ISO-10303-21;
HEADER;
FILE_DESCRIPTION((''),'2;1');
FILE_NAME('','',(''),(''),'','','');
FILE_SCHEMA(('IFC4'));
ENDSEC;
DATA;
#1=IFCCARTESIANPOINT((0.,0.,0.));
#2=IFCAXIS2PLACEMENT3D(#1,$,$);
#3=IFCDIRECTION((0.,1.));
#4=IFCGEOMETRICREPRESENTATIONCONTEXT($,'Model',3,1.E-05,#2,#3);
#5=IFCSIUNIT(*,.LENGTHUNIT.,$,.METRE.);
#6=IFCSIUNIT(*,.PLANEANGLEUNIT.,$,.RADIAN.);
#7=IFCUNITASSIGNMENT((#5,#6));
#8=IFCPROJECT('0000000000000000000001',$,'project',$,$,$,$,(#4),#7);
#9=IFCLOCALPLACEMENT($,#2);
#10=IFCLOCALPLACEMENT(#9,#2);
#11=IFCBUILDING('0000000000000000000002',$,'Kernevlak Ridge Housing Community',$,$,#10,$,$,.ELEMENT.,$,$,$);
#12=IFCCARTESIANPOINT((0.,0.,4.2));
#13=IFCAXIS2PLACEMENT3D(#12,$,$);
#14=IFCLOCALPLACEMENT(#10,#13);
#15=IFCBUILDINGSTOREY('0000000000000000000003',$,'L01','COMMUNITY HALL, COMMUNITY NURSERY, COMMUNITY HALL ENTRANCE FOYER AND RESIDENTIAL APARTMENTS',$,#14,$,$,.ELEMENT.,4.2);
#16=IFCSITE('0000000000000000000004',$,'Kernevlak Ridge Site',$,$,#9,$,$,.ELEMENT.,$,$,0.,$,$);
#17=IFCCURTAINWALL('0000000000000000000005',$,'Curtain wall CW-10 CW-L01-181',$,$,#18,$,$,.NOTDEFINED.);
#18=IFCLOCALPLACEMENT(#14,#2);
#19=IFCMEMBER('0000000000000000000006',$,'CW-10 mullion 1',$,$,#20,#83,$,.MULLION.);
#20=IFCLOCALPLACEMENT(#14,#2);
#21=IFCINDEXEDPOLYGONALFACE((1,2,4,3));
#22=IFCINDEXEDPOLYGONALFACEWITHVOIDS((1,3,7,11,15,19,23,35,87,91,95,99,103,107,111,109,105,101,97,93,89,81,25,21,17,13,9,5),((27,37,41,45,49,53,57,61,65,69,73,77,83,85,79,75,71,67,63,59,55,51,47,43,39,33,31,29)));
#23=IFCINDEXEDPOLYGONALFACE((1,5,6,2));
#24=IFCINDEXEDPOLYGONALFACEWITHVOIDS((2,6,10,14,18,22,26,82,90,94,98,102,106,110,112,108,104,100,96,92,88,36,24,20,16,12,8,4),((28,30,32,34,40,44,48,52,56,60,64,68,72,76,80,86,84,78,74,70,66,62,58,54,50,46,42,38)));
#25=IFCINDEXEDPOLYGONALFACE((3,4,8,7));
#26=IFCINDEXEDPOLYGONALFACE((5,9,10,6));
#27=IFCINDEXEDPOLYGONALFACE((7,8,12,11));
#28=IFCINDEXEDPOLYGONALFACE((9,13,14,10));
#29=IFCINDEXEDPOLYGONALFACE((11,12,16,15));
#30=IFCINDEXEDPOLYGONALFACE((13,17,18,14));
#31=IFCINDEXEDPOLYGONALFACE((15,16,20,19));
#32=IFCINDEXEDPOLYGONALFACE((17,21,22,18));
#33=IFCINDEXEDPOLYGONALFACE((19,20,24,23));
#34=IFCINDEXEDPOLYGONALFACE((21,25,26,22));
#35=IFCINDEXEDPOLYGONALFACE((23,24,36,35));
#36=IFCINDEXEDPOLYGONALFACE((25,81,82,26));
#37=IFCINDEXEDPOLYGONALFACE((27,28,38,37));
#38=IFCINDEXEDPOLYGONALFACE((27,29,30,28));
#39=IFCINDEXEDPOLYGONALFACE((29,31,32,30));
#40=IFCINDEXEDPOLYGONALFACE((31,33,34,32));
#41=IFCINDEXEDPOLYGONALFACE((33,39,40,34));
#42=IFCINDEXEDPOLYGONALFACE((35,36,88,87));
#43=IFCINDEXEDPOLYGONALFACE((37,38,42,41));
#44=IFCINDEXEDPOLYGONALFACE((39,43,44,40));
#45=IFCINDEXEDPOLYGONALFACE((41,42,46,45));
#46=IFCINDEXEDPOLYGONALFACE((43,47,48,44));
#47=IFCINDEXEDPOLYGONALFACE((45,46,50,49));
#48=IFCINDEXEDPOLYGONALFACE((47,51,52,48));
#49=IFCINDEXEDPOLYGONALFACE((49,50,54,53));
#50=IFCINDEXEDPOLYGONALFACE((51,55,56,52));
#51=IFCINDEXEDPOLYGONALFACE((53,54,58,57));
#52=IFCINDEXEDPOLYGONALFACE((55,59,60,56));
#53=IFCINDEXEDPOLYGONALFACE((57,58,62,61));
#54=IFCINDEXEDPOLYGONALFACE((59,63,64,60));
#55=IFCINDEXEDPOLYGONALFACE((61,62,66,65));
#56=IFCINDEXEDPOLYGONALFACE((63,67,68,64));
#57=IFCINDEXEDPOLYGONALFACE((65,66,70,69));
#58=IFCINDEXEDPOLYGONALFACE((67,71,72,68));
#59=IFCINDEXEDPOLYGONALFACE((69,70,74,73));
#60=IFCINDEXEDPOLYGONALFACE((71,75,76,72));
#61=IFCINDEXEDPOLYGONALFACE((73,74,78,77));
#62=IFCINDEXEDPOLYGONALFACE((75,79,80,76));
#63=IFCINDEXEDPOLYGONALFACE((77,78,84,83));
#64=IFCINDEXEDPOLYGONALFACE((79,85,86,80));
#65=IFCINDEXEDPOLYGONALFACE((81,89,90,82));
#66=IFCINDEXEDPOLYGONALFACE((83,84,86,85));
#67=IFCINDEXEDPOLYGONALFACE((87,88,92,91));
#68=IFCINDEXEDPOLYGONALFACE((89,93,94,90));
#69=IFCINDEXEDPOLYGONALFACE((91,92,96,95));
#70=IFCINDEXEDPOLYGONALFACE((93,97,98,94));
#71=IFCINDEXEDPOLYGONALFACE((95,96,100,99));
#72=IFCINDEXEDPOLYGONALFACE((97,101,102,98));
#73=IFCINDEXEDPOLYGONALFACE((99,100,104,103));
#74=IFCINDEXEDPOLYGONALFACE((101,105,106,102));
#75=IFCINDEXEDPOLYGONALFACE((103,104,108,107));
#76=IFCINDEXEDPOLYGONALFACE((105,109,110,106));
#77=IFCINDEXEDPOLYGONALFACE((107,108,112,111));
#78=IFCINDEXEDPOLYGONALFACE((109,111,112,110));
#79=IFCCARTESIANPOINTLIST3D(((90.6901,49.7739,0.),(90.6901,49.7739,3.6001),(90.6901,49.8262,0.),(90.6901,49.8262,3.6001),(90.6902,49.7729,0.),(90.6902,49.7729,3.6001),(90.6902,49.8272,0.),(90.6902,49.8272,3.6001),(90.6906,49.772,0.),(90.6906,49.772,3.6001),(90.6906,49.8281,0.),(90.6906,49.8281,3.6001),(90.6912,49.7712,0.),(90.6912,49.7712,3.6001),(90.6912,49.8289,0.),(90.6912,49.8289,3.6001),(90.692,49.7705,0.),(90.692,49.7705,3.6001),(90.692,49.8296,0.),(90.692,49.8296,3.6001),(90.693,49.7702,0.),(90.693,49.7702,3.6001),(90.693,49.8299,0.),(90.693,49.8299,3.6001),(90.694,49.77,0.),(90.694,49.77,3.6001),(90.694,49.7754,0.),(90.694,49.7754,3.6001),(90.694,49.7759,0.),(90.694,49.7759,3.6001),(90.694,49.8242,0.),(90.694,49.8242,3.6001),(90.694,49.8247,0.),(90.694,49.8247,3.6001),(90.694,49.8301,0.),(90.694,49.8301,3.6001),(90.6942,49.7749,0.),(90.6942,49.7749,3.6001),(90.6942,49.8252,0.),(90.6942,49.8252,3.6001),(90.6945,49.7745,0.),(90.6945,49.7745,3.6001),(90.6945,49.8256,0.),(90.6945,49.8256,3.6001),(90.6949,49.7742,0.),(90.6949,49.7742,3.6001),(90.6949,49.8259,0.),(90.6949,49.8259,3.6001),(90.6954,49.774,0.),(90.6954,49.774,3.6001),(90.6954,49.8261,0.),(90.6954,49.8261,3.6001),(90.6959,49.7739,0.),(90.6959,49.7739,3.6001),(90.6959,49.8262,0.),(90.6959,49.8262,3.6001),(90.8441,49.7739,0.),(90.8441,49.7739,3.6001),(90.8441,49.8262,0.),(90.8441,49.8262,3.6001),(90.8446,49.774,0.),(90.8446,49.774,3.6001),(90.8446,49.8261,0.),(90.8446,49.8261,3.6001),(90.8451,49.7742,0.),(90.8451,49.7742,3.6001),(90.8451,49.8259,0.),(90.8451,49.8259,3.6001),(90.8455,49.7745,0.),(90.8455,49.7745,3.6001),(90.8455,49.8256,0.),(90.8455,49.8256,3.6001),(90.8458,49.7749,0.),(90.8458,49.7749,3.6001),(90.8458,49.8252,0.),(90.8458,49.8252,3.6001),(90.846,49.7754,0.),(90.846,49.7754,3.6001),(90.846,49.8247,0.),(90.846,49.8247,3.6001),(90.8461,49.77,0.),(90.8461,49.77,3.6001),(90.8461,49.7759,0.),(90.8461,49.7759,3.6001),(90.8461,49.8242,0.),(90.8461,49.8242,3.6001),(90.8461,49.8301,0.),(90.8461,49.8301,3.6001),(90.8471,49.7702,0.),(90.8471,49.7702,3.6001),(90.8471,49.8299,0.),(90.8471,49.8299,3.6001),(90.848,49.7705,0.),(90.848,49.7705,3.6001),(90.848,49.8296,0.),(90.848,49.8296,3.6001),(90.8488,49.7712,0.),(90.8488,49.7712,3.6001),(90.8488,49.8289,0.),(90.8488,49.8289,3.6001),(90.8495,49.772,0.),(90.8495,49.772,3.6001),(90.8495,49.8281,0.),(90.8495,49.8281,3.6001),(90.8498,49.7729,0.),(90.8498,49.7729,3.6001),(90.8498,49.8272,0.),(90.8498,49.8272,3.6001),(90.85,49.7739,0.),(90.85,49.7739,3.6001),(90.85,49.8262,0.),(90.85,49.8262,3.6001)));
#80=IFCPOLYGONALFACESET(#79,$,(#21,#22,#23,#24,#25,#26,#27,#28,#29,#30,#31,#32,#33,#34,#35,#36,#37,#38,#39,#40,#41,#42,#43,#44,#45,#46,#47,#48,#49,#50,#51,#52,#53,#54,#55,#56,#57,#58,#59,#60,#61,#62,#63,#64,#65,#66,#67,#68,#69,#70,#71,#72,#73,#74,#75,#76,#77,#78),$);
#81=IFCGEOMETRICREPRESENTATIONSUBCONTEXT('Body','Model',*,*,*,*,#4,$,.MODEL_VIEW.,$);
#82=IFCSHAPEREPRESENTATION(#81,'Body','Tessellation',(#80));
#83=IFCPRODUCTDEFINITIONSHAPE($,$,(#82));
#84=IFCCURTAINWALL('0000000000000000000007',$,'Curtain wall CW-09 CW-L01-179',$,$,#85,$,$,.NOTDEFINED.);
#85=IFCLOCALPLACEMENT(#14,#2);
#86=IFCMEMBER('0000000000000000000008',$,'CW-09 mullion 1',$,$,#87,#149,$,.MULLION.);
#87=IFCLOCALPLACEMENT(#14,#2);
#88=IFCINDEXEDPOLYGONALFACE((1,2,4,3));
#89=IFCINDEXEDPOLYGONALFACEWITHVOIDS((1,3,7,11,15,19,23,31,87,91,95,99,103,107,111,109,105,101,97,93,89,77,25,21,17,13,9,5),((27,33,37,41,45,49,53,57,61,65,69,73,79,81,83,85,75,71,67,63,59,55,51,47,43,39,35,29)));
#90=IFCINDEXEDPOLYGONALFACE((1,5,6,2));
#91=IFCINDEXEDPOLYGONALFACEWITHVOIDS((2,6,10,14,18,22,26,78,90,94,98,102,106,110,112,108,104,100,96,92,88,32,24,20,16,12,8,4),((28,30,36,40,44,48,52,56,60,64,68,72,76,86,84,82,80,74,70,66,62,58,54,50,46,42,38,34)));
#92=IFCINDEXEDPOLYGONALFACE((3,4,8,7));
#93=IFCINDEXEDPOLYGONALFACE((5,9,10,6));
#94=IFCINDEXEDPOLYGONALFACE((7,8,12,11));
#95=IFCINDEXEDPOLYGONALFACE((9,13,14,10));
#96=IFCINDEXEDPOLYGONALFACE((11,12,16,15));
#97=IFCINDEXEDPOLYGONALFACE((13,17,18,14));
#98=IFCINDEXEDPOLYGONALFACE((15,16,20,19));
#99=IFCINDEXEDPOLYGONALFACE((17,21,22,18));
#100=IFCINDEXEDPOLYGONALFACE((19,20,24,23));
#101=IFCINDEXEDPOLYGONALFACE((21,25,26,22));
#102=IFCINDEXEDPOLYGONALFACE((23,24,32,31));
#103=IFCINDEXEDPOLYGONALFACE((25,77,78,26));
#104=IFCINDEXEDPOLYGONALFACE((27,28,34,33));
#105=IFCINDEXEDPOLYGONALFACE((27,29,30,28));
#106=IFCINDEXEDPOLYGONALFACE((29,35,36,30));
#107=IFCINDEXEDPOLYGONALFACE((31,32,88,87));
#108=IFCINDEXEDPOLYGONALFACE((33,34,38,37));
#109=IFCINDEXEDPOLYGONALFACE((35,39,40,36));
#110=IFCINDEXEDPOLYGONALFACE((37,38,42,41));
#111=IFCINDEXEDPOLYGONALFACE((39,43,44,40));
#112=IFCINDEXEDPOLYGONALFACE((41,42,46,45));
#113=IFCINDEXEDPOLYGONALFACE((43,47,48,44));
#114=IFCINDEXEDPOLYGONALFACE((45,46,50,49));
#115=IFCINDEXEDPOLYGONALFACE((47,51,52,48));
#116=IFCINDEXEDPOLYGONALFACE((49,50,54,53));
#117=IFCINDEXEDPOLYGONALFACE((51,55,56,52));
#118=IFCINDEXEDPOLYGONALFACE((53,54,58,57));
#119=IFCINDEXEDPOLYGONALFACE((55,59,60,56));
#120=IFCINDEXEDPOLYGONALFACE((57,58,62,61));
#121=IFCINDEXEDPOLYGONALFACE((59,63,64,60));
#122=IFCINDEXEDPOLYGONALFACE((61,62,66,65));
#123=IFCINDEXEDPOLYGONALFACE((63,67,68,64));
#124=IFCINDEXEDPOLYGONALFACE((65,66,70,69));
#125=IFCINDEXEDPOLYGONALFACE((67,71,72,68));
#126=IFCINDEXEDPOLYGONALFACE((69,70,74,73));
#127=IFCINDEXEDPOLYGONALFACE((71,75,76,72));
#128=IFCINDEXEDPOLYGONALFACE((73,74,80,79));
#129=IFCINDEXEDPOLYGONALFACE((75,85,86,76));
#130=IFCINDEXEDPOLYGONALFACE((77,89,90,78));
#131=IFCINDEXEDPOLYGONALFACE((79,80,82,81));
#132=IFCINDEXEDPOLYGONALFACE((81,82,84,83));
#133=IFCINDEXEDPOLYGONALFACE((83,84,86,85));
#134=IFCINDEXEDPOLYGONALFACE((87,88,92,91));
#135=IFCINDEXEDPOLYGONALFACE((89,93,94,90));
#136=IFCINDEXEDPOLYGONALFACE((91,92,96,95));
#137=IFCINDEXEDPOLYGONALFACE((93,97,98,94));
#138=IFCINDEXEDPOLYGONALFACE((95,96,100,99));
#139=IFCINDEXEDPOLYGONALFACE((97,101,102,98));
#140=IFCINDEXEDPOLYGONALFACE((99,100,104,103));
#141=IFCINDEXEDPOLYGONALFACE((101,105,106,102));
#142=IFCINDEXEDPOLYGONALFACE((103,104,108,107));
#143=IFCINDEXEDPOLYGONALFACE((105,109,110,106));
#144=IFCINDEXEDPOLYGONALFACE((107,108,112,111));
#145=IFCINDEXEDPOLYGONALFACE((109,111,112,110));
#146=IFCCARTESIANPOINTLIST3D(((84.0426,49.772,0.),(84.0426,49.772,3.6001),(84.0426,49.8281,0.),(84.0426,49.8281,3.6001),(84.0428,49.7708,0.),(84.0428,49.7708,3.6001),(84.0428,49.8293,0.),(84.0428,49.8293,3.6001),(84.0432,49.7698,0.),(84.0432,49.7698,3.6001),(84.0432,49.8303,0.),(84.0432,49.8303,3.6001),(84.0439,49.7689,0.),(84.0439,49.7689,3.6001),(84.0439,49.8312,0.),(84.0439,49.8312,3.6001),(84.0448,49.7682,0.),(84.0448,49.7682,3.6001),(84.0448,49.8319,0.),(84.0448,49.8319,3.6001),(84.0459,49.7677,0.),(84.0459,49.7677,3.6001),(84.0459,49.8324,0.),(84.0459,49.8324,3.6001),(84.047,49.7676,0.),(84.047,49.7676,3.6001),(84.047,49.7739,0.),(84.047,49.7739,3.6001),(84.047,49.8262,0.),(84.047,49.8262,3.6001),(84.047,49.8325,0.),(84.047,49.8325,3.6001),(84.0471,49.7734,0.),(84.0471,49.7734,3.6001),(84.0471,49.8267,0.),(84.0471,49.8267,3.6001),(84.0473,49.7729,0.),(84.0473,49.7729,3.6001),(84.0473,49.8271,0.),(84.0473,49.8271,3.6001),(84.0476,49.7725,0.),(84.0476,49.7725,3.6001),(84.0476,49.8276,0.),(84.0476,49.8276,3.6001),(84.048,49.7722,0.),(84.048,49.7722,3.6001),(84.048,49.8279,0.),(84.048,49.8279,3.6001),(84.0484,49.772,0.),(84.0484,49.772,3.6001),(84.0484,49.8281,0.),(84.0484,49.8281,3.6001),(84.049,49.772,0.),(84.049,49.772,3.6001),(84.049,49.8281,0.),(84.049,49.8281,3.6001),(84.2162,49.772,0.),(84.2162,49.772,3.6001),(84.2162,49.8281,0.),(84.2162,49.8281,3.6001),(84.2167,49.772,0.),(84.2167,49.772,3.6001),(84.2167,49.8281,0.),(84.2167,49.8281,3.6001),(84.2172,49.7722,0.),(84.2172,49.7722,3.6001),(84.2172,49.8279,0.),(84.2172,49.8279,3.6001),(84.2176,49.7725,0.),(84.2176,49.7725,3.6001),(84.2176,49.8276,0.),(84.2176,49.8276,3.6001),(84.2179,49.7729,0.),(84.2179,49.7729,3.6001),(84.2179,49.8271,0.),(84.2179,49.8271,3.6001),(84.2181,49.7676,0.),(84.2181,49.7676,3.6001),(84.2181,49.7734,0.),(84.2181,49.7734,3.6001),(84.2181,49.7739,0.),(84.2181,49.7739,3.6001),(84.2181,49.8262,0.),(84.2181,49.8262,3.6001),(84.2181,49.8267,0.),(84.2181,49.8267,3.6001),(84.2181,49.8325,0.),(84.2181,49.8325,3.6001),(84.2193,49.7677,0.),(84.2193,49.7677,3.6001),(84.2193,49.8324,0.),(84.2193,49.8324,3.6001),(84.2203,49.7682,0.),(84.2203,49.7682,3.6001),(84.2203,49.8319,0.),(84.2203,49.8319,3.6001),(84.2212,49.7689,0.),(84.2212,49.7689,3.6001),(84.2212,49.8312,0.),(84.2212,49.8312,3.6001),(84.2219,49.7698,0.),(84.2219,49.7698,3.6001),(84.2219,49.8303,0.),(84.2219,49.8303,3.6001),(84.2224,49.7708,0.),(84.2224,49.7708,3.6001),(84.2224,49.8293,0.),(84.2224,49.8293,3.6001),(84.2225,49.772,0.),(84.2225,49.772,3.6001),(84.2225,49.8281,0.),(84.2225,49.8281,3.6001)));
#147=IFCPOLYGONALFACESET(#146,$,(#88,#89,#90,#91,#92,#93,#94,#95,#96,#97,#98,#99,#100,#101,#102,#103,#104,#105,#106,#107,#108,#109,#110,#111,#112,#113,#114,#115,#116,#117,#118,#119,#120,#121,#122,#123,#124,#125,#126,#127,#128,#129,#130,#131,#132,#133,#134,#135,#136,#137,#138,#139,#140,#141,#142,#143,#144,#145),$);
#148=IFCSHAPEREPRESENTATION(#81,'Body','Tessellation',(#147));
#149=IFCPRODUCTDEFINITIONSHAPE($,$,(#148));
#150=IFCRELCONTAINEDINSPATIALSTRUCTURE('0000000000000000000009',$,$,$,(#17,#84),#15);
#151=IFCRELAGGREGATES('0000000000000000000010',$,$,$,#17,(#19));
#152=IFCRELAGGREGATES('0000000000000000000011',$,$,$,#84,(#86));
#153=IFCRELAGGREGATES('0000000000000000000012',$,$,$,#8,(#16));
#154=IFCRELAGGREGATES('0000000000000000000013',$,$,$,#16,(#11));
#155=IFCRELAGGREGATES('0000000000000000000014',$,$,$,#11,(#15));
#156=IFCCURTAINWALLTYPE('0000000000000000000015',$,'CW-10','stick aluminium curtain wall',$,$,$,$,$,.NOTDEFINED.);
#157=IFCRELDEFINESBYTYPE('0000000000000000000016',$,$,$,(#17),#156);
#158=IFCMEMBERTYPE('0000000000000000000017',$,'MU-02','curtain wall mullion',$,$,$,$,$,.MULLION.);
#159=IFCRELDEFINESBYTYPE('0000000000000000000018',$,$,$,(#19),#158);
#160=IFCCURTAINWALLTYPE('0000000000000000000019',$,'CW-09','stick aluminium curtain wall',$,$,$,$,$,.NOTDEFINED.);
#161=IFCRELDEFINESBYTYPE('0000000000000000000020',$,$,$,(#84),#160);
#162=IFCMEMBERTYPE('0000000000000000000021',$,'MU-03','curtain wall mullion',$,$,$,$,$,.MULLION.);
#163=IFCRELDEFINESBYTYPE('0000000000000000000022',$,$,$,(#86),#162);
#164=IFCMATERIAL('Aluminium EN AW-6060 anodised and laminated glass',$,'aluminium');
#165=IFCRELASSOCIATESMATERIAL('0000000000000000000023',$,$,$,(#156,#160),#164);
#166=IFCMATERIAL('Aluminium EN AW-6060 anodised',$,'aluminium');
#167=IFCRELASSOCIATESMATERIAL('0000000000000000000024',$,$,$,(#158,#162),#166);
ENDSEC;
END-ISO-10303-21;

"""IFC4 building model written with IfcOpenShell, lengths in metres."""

from ifc_helpers import new_model, si_unit, direction, frame, origin, origin_2d, place, context, subcontext, project, spatial, hollow_rectangle, extrude, material, material_profile, profile_set, type_object, element, aggregate, save


model = new_model("IFC4")

# Units and contexts
model_context = context("Model", 3, precision=1e-05, world=origin(), true_north=direction((0.0, 1.0)))
body_context = subcontext(model_context, "Body", "Model", "MODEL_VIEW")
ifc_project = project(units=[si_unit("LENGTHUNIT", "METRE"), si_unit("PLANEANGLEUNIT", "RADIAN")], contexts=[model_context])

# Site, building, storey
site_placement = place(None, origin())
site = spatial("IfcSite", under=ifc_project, at=site_placement, Name="Kernevlak Ridge Site", CompositionType="ELEMENT", RefElevation=0.0)
building_placement = place(site_placement, origin())
building = spatial("IfcBuilding", under=site, at=building_placement, Name="Kernevlak Ridge Housing Community", CompositionType="ELEMENT")
storey_placement = place(building_placement, frame((0.0, 0.0, 4.2)))
storey = spatial("IfcBuildingStorey", under=building, at=storey_placement, Name="L01", Description="COMMUNITY HALL, COMMUNITY NURSERY, COMMUNITY HALL ENTRANCE FOYER AND RESIDENTIAL APARTMENTS", CompositionType="ELEMENT", Elevation=4.2)

# Curtain wall, member
ifc_material_1 = material(Name="Aluminium EN AW-6060 anodised and laminated glass", Category="aluminium")
curtain_wall_type_1 = type_object("IfcCurtainWallType", Name="CW-10", Description="stick aluminium curtain wall", PredefinedType="NOTDEFINED", material=ifc_material_1)
curtain_wall_1_placement = place(storey_placement, origin())
curtain_wall_1 = element("IfcCurtainWall", 1, at=curtain_wall_1_placement, inside=storey, type_object=curtain_wall_type_1, Name="Curtain wall CW-10 CW-L01-181", PredefinedType="NOTDEFINED")
ifc_material_2 = material(Name="Aluminium EN AW-6060 anodised", Category="aluminium")
ifc_material_profile_1 = material_profile(ifc_material_2, hollow_rectangle(XDim=0.0601, YDim=0.1599, WallThickness=0.0039, InnerFilletRadius=0.002, OuterFilletRadius=0.0039, at=origin_2d()), Name="ALU 60x160x4")
ifc_profile_set_1 = profile_set([ifc_material_profile_1], Name="Aluminium EN AW-6060 anodised")
member_type_1 = type_object("IfcMemberType", Name="MU-02", Description="curtain wall mullion", PredefinedType="MULLION", material=ifc_profile_set_1)
member_1_placement = place(storey_placement, frame((90.77, 49.8, 0.0), z_axis=(0.0, 0.0, 1.0), x_axis=(0.0, 1.0, 0.0)))
member_1 = element("IfcMember", 2, at=member_1_placement, type_object=member_type_1, Name="CW-10 mullion 1", PredefinedType="MULLION", context=body_context, shape_type="SweptSolid", body=[
    extrude(hollow_rectangle(XDim=0.0601, YDim=0.1599, WallThickness=0.0039, InnerFilletRadius=0.002, OuterFilletRadius=0.0039, at=origin_2d()), origin(), (0.0, 0.0, 1.0), 3.6001),
])

# Curtain wall, member
curtain_wall_type_2 = type_object("IfcCurtainWallType", Name="CW-09", Description="stick aluminium curtain wall", PredefinedType="NOTDEFINED", material=ifc_material_1)
curtain_wall_2_placement = place(storey_placement, origin())
curtain_wall_2 = element("IfcCurtainWall", 3, at=curtain_wall_2_placement, inside=storey, type_object=curtain_wall_type_2, Name="Curtain wall CW-09 CW-L01-179", PredefinedType="NOTDEFINED")
ifc_material_profile_2 = material_profile(ifc_material_2, hollow_rectangle(XDim=0.0649, YDim=0.1799, WallThickness=0.0044, InnerFilletRadius=0.002, OuterFilletRadius=0.0044, at=origin_2d()), Name="ALU 65x180x4.5")
ifc_profile_set_2 = profile_set([ifc_material_profile_2], Name="Aluminium EN AW-6060 anodised")
member_type_2 = type_object("IfcMemberType", Name="MU-03", Description="curtain wall mullion", PredefinedType="MULLION", material=ifc_profile_set_2)
member_2_placement = place(storey_placement, frame((84.1326, 49.8, 0.0), z_axis=(0.0, 0.0, 1.0), x_axis=(0.0, 1.0, 0.0)))
member_2 = element("IfcMember", 4, at=member_2_placement, type_object=member_type_2, Name="CW-09 mullion 1", PredefinedType="MULLION", context=body_context, shape_type="SweptSolid", body=[
    extrude(hollow_rectangle(XDim=0.0649, YDim=0.1799, WallThickness=0.0044, InnerFilletRadius=0.002, OuterFilletRadius=0.0044, at=origin_2d()), origin(), (0.0, 0.0, 1.0), 3.6001),
])

aggregate(curtain_wall_1, [member_1])

aggregate(curtain_wall_2, [member_2])

save(model, "model.ifc")
